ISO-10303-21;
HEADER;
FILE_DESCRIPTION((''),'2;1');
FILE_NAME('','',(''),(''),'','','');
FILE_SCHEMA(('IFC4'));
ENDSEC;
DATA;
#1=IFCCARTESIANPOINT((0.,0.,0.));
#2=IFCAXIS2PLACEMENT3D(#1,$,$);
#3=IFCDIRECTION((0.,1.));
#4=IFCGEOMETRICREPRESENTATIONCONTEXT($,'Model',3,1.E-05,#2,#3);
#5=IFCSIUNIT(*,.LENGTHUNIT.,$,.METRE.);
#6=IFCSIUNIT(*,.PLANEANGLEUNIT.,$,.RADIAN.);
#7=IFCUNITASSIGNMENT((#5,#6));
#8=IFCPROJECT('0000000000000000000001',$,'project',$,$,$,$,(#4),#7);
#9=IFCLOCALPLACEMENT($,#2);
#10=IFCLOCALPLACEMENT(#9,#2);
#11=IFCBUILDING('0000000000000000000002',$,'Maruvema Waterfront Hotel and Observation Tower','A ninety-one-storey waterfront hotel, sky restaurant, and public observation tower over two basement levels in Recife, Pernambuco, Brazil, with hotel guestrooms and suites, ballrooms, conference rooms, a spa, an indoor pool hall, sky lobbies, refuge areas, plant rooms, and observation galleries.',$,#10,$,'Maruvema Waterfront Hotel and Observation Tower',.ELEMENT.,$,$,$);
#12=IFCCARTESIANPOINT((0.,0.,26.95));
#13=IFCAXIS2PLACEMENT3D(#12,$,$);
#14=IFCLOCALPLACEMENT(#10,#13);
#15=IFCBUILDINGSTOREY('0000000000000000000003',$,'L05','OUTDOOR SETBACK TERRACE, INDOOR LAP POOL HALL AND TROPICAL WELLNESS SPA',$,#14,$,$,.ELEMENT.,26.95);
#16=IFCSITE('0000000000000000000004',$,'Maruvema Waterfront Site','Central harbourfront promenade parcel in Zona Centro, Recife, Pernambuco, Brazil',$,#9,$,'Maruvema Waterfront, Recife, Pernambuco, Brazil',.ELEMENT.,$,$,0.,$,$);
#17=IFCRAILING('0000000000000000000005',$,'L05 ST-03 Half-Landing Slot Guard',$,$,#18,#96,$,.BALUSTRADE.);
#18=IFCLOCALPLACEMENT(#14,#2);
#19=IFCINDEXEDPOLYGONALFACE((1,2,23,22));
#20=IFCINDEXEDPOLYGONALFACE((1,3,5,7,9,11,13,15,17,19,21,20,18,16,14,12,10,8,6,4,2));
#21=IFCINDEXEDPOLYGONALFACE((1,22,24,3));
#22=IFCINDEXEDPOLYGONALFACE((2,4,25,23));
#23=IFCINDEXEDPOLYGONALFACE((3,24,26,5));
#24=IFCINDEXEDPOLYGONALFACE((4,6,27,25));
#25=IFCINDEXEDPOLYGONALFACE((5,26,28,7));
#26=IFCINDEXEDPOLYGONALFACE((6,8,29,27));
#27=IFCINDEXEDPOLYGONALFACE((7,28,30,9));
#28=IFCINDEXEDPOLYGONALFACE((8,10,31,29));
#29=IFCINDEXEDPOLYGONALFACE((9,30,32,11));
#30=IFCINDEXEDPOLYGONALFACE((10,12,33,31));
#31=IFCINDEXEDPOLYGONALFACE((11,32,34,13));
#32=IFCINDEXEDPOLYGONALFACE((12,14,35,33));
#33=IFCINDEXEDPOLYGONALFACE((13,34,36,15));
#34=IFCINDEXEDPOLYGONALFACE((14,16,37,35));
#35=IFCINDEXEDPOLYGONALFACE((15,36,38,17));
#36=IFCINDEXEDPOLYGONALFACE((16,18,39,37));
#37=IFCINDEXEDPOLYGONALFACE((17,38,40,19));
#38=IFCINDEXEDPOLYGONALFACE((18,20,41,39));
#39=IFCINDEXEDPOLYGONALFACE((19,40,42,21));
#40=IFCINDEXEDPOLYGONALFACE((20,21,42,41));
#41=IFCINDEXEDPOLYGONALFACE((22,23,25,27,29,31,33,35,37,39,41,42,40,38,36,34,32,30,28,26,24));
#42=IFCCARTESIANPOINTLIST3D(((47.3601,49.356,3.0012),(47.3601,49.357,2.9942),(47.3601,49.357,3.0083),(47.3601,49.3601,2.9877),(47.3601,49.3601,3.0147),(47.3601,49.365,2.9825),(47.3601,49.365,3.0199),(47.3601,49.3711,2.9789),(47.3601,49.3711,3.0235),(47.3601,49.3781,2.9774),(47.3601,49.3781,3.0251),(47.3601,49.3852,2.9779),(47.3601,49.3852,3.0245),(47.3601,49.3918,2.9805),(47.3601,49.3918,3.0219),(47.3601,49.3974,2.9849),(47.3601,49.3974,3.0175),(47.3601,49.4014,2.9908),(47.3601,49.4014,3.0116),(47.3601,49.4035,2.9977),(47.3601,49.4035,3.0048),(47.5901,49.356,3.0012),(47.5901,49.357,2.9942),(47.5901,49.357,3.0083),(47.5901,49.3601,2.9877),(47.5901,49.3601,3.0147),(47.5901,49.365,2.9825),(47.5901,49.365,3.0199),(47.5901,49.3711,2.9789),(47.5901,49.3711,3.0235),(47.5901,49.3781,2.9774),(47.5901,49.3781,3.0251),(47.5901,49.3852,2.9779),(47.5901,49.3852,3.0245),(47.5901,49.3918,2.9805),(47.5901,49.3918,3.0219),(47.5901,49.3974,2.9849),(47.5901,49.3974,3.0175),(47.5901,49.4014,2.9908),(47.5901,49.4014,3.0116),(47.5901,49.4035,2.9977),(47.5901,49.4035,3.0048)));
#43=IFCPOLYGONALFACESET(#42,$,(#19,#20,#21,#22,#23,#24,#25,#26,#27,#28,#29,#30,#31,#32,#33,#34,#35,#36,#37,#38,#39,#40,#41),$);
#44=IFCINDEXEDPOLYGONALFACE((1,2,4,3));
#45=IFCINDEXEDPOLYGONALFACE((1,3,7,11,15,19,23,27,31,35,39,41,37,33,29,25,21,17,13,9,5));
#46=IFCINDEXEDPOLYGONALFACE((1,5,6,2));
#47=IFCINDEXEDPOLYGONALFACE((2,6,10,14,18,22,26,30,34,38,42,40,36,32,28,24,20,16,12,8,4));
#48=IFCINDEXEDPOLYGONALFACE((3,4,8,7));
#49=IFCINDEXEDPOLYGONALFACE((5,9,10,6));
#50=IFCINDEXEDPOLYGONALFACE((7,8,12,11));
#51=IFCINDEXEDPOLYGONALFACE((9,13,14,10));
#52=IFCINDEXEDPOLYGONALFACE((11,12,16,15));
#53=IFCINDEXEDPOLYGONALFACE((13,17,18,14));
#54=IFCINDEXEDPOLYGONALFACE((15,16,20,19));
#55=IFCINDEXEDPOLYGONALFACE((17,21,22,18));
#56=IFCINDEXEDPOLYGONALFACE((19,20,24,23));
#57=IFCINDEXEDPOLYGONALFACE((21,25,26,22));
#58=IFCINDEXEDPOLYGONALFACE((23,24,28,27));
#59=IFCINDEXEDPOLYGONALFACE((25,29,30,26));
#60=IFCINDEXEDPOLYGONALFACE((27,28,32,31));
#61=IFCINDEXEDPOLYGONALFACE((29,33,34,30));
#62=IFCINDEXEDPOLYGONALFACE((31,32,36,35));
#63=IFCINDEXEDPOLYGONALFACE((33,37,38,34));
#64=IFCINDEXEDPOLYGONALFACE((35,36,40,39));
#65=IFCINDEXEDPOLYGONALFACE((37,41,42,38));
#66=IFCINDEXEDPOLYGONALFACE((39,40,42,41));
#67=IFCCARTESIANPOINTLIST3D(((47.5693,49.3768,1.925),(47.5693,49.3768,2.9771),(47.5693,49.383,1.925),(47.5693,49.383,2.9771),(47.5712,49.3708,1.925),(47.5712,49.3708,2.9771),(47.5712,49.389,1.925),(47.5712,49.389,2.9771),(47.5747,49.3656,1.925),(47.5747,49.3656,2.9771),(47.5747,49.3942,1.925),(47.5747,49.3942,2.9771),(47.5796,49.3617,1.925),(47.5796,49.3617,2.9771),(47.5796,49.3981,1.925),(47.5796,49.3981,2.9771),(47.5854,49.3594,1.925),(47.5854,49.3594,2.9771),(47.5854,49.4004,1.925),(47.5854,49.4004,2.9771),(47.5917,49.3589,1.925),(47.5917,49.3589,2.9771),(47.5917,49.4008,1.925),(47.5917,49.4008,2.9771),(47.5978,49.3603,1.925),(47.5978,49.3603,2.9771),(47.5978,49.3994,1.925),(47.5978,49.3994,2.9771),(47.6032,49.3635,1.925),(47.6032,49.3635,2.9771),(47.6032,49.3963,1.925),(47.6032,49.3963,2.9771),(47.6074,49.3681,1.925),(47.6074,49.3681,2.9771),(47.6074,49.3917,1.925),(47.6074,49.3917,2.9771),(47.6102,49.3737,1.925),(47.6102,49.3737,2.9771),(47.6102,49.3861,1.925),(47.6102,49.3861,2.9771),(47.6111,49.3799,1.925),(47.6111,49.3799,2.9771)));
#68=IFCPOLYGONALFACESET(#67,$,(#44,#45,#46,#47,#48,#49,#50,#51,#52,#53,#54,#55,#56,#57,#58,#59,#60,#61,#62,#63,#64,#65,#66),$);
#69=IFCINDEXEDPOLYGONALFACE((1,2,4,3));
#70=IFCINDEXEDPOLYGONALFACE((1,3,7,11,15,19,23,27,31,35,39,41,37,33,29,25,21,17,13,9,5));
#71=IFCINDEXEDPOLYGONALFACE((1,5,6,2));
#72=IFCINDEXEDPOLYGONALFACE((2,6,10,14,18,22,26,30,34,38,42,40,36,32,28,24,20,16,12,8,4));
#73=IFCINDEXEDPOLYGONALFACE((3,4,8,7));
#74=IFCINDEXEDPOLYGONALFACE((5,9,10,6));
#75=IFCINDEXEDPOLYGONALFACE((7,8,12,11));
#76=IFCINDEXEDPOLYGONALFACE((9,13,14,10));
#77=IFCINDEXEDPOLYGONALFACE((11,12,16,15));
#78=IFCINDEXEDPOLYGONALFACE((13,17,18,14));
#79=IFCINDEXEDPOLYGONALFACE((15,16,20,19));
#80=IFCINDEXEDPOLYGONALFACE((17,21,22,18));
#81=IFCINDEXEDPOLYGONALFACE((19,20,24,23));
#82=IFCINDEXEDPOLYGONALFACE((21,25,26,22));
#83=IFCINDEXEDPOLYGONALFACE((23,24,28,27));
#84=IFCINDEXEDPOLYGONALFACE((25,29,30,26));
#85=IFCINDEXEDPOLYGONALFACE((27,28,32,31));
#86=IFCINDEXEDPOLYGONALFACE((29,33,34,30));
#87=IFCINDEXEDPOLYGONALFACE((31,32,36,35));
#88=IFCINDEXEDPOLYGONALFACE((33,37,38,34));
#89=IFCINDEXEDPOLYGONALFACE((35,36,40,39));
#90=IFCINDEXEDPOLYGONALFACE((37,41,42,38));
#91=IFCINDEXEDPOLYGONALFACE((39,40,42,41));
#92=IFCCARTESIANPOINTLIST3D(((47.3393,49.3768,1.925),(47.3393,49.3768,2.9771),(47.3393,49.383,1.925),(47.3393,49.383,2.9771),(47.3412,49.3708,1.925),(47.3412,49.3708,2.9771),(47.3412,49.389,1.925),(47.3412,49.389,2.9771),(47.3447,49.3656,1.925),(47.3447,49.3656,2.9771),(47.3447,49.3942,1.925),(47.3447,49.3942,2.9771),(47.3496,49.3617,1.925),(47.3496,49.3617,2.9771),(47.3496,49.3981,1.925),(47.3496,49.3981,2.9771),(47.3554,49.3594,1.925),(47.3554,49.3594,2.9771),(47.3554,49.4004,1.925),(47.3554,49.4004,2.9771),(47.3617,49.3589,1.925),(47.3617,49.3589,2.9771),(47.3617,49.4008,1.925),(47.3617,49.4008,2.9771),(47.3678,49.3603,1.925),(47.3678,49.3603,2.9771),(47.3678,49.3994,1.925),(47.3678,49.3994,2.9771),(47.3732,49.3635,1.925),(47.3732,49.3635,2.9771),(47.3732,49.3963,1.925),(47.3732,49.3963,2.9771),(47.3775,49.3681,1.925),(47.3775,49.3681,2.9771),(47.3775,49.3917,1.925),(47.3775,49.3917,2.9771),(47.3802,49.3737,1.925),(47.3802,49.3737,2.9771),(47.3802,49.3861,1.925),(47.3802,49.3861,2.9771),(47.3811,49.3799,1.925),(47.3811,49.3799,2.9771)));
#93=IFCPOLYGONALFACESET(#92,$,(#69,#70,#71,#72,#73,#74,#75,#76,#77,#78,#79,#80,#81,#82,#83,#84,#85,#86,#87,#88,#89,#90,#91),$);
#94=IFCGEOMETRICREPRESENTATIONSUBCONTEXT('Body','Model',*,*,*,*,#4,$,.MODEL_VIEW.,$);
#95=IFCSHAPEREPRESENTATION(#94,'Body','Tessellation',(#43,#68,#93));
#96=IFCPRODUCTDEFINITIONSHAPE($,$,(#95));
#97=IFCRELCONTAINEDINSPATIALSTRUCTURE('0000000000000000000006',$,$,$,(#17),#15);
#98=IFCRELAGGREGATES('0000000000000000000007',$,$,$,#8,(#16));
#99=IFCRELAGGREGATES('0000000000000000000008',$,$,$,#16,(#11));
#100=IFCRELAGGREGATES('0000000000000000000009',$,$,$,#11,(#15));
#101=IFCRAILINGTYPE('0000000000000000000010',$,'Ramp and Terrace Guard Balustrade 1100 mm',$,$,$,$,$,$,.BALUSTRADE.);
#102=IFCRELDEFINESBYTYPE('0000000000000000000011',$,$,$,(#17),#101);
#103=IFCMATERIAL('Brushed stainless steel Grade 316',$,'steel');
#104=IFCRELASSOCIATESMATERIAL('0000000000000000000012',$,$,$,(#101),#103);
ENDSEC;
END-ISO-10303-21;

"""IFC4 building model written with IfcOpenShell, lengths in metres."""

from ifc_helpers import new_model, si_unit, direction, frame, origin, origin_2d, place, context, subcontext, project, spatial, circle, extrude, material, type_object, element, save


model = new_model("IFC4")

# Units and contexts
model_context = context("Model", 3, precision=1e-05, world=origin(), true_north=direction((0.0, 1.0)))
body_context = subcontext(model_context, "Body", "Model", "MODEL_VIEW")
ifc_project = project(units=[si_unit("LENGTHUNIT", "METRE"), si_unit("PLANEANGLEUNIT", "RADIAN")], contexts=[model_context])

# Site, building, storey
site_placement = place(None, origin())
site = spatial("IfcSite", under=ifc_project, at=site_placement, Name="Maruvema Waterfront Site", Description="Central harbourfront promenade parcel in Zona Centro, Recife, Pernambuco, Brazil", LongName="Maruvema Waterfront, Recife, Pernambuco, Brazil", CompositionType="ELEMENT", RefElevation=0.0)
building_placement = place(site_placement, origin())
building = spatial("IfcBuilding", under=site, at=building_placement, Name="Maruvema Waterfront Hotel and Observation Tower", Description="A ninety-one-storey waterfront hotel, sky restaurant, and public observation tower over two basement levels in Recife, Pernambuco, Brazil, with hotel guestrooms and suites, ballrooms, conference rooms, a spa, an indoor pool hall, sky lobbies, refuge areas, plant rooms, and observation galleries.", LongName="Maruvema Waterfront Hotel and Observation Tower", CompositionType="ELEMENT")
storey_placement = place(building_placement, frame((0.0, 0.0, 26.95)))
storey = spatial("IfcBuildingStorey", under=building, at=storey_placement, Name="L05", Description="OUTDOOR SETBACK TERRACE, INDOOR LAP POOL HALL AND TROPICAL WELLNESS SPA", CompositionType="ELEMENT", Elevation=26.95)

# Railing
ifc_material_1 = material(Name="Brushed stainless steel Grade 316", Category="steel")
railing_type_1 = type_object("IfcRailingType", Name="Ramp and Terrace Guard Balustrade 1100 mm", PredefinedType="BALUSTRADE", material=ifc_material_1)
railing_1_placement = place(storey_placement, frame((47.5901, 49.3799, 1.925)))
element("IfcRailing", 1, at=railing_1_placement, inside=storey, type_object=railing_type_1, Name="L05 ST-03 Half-Landing Slot Guard", PredefinedType="BALUSTRADE", context=body_context, shape_type="SweptSolid", body=[
    extrude(circle(Radius=0.0239, at=origin_2d()), frame((0.0, 0.0, 1.0762), z_axis=(-1.0, 0.0, 0.0), x_axis=(0.0, -1.0, 0.0)), (0.0, 0.0, 1.0), 0.23),
    extrude(circle(Radius=0.021, at=origin_2d()), origin(), (0.0, 0.0, 1.0), 1.052),
    extrude(circle(Radius=0.021, at=origin_2d()), frame((-0.23, 0.0, 0.0)), (0.0, 0.0, 1.0), 1.052),
])

save(model, "model.ifc")
